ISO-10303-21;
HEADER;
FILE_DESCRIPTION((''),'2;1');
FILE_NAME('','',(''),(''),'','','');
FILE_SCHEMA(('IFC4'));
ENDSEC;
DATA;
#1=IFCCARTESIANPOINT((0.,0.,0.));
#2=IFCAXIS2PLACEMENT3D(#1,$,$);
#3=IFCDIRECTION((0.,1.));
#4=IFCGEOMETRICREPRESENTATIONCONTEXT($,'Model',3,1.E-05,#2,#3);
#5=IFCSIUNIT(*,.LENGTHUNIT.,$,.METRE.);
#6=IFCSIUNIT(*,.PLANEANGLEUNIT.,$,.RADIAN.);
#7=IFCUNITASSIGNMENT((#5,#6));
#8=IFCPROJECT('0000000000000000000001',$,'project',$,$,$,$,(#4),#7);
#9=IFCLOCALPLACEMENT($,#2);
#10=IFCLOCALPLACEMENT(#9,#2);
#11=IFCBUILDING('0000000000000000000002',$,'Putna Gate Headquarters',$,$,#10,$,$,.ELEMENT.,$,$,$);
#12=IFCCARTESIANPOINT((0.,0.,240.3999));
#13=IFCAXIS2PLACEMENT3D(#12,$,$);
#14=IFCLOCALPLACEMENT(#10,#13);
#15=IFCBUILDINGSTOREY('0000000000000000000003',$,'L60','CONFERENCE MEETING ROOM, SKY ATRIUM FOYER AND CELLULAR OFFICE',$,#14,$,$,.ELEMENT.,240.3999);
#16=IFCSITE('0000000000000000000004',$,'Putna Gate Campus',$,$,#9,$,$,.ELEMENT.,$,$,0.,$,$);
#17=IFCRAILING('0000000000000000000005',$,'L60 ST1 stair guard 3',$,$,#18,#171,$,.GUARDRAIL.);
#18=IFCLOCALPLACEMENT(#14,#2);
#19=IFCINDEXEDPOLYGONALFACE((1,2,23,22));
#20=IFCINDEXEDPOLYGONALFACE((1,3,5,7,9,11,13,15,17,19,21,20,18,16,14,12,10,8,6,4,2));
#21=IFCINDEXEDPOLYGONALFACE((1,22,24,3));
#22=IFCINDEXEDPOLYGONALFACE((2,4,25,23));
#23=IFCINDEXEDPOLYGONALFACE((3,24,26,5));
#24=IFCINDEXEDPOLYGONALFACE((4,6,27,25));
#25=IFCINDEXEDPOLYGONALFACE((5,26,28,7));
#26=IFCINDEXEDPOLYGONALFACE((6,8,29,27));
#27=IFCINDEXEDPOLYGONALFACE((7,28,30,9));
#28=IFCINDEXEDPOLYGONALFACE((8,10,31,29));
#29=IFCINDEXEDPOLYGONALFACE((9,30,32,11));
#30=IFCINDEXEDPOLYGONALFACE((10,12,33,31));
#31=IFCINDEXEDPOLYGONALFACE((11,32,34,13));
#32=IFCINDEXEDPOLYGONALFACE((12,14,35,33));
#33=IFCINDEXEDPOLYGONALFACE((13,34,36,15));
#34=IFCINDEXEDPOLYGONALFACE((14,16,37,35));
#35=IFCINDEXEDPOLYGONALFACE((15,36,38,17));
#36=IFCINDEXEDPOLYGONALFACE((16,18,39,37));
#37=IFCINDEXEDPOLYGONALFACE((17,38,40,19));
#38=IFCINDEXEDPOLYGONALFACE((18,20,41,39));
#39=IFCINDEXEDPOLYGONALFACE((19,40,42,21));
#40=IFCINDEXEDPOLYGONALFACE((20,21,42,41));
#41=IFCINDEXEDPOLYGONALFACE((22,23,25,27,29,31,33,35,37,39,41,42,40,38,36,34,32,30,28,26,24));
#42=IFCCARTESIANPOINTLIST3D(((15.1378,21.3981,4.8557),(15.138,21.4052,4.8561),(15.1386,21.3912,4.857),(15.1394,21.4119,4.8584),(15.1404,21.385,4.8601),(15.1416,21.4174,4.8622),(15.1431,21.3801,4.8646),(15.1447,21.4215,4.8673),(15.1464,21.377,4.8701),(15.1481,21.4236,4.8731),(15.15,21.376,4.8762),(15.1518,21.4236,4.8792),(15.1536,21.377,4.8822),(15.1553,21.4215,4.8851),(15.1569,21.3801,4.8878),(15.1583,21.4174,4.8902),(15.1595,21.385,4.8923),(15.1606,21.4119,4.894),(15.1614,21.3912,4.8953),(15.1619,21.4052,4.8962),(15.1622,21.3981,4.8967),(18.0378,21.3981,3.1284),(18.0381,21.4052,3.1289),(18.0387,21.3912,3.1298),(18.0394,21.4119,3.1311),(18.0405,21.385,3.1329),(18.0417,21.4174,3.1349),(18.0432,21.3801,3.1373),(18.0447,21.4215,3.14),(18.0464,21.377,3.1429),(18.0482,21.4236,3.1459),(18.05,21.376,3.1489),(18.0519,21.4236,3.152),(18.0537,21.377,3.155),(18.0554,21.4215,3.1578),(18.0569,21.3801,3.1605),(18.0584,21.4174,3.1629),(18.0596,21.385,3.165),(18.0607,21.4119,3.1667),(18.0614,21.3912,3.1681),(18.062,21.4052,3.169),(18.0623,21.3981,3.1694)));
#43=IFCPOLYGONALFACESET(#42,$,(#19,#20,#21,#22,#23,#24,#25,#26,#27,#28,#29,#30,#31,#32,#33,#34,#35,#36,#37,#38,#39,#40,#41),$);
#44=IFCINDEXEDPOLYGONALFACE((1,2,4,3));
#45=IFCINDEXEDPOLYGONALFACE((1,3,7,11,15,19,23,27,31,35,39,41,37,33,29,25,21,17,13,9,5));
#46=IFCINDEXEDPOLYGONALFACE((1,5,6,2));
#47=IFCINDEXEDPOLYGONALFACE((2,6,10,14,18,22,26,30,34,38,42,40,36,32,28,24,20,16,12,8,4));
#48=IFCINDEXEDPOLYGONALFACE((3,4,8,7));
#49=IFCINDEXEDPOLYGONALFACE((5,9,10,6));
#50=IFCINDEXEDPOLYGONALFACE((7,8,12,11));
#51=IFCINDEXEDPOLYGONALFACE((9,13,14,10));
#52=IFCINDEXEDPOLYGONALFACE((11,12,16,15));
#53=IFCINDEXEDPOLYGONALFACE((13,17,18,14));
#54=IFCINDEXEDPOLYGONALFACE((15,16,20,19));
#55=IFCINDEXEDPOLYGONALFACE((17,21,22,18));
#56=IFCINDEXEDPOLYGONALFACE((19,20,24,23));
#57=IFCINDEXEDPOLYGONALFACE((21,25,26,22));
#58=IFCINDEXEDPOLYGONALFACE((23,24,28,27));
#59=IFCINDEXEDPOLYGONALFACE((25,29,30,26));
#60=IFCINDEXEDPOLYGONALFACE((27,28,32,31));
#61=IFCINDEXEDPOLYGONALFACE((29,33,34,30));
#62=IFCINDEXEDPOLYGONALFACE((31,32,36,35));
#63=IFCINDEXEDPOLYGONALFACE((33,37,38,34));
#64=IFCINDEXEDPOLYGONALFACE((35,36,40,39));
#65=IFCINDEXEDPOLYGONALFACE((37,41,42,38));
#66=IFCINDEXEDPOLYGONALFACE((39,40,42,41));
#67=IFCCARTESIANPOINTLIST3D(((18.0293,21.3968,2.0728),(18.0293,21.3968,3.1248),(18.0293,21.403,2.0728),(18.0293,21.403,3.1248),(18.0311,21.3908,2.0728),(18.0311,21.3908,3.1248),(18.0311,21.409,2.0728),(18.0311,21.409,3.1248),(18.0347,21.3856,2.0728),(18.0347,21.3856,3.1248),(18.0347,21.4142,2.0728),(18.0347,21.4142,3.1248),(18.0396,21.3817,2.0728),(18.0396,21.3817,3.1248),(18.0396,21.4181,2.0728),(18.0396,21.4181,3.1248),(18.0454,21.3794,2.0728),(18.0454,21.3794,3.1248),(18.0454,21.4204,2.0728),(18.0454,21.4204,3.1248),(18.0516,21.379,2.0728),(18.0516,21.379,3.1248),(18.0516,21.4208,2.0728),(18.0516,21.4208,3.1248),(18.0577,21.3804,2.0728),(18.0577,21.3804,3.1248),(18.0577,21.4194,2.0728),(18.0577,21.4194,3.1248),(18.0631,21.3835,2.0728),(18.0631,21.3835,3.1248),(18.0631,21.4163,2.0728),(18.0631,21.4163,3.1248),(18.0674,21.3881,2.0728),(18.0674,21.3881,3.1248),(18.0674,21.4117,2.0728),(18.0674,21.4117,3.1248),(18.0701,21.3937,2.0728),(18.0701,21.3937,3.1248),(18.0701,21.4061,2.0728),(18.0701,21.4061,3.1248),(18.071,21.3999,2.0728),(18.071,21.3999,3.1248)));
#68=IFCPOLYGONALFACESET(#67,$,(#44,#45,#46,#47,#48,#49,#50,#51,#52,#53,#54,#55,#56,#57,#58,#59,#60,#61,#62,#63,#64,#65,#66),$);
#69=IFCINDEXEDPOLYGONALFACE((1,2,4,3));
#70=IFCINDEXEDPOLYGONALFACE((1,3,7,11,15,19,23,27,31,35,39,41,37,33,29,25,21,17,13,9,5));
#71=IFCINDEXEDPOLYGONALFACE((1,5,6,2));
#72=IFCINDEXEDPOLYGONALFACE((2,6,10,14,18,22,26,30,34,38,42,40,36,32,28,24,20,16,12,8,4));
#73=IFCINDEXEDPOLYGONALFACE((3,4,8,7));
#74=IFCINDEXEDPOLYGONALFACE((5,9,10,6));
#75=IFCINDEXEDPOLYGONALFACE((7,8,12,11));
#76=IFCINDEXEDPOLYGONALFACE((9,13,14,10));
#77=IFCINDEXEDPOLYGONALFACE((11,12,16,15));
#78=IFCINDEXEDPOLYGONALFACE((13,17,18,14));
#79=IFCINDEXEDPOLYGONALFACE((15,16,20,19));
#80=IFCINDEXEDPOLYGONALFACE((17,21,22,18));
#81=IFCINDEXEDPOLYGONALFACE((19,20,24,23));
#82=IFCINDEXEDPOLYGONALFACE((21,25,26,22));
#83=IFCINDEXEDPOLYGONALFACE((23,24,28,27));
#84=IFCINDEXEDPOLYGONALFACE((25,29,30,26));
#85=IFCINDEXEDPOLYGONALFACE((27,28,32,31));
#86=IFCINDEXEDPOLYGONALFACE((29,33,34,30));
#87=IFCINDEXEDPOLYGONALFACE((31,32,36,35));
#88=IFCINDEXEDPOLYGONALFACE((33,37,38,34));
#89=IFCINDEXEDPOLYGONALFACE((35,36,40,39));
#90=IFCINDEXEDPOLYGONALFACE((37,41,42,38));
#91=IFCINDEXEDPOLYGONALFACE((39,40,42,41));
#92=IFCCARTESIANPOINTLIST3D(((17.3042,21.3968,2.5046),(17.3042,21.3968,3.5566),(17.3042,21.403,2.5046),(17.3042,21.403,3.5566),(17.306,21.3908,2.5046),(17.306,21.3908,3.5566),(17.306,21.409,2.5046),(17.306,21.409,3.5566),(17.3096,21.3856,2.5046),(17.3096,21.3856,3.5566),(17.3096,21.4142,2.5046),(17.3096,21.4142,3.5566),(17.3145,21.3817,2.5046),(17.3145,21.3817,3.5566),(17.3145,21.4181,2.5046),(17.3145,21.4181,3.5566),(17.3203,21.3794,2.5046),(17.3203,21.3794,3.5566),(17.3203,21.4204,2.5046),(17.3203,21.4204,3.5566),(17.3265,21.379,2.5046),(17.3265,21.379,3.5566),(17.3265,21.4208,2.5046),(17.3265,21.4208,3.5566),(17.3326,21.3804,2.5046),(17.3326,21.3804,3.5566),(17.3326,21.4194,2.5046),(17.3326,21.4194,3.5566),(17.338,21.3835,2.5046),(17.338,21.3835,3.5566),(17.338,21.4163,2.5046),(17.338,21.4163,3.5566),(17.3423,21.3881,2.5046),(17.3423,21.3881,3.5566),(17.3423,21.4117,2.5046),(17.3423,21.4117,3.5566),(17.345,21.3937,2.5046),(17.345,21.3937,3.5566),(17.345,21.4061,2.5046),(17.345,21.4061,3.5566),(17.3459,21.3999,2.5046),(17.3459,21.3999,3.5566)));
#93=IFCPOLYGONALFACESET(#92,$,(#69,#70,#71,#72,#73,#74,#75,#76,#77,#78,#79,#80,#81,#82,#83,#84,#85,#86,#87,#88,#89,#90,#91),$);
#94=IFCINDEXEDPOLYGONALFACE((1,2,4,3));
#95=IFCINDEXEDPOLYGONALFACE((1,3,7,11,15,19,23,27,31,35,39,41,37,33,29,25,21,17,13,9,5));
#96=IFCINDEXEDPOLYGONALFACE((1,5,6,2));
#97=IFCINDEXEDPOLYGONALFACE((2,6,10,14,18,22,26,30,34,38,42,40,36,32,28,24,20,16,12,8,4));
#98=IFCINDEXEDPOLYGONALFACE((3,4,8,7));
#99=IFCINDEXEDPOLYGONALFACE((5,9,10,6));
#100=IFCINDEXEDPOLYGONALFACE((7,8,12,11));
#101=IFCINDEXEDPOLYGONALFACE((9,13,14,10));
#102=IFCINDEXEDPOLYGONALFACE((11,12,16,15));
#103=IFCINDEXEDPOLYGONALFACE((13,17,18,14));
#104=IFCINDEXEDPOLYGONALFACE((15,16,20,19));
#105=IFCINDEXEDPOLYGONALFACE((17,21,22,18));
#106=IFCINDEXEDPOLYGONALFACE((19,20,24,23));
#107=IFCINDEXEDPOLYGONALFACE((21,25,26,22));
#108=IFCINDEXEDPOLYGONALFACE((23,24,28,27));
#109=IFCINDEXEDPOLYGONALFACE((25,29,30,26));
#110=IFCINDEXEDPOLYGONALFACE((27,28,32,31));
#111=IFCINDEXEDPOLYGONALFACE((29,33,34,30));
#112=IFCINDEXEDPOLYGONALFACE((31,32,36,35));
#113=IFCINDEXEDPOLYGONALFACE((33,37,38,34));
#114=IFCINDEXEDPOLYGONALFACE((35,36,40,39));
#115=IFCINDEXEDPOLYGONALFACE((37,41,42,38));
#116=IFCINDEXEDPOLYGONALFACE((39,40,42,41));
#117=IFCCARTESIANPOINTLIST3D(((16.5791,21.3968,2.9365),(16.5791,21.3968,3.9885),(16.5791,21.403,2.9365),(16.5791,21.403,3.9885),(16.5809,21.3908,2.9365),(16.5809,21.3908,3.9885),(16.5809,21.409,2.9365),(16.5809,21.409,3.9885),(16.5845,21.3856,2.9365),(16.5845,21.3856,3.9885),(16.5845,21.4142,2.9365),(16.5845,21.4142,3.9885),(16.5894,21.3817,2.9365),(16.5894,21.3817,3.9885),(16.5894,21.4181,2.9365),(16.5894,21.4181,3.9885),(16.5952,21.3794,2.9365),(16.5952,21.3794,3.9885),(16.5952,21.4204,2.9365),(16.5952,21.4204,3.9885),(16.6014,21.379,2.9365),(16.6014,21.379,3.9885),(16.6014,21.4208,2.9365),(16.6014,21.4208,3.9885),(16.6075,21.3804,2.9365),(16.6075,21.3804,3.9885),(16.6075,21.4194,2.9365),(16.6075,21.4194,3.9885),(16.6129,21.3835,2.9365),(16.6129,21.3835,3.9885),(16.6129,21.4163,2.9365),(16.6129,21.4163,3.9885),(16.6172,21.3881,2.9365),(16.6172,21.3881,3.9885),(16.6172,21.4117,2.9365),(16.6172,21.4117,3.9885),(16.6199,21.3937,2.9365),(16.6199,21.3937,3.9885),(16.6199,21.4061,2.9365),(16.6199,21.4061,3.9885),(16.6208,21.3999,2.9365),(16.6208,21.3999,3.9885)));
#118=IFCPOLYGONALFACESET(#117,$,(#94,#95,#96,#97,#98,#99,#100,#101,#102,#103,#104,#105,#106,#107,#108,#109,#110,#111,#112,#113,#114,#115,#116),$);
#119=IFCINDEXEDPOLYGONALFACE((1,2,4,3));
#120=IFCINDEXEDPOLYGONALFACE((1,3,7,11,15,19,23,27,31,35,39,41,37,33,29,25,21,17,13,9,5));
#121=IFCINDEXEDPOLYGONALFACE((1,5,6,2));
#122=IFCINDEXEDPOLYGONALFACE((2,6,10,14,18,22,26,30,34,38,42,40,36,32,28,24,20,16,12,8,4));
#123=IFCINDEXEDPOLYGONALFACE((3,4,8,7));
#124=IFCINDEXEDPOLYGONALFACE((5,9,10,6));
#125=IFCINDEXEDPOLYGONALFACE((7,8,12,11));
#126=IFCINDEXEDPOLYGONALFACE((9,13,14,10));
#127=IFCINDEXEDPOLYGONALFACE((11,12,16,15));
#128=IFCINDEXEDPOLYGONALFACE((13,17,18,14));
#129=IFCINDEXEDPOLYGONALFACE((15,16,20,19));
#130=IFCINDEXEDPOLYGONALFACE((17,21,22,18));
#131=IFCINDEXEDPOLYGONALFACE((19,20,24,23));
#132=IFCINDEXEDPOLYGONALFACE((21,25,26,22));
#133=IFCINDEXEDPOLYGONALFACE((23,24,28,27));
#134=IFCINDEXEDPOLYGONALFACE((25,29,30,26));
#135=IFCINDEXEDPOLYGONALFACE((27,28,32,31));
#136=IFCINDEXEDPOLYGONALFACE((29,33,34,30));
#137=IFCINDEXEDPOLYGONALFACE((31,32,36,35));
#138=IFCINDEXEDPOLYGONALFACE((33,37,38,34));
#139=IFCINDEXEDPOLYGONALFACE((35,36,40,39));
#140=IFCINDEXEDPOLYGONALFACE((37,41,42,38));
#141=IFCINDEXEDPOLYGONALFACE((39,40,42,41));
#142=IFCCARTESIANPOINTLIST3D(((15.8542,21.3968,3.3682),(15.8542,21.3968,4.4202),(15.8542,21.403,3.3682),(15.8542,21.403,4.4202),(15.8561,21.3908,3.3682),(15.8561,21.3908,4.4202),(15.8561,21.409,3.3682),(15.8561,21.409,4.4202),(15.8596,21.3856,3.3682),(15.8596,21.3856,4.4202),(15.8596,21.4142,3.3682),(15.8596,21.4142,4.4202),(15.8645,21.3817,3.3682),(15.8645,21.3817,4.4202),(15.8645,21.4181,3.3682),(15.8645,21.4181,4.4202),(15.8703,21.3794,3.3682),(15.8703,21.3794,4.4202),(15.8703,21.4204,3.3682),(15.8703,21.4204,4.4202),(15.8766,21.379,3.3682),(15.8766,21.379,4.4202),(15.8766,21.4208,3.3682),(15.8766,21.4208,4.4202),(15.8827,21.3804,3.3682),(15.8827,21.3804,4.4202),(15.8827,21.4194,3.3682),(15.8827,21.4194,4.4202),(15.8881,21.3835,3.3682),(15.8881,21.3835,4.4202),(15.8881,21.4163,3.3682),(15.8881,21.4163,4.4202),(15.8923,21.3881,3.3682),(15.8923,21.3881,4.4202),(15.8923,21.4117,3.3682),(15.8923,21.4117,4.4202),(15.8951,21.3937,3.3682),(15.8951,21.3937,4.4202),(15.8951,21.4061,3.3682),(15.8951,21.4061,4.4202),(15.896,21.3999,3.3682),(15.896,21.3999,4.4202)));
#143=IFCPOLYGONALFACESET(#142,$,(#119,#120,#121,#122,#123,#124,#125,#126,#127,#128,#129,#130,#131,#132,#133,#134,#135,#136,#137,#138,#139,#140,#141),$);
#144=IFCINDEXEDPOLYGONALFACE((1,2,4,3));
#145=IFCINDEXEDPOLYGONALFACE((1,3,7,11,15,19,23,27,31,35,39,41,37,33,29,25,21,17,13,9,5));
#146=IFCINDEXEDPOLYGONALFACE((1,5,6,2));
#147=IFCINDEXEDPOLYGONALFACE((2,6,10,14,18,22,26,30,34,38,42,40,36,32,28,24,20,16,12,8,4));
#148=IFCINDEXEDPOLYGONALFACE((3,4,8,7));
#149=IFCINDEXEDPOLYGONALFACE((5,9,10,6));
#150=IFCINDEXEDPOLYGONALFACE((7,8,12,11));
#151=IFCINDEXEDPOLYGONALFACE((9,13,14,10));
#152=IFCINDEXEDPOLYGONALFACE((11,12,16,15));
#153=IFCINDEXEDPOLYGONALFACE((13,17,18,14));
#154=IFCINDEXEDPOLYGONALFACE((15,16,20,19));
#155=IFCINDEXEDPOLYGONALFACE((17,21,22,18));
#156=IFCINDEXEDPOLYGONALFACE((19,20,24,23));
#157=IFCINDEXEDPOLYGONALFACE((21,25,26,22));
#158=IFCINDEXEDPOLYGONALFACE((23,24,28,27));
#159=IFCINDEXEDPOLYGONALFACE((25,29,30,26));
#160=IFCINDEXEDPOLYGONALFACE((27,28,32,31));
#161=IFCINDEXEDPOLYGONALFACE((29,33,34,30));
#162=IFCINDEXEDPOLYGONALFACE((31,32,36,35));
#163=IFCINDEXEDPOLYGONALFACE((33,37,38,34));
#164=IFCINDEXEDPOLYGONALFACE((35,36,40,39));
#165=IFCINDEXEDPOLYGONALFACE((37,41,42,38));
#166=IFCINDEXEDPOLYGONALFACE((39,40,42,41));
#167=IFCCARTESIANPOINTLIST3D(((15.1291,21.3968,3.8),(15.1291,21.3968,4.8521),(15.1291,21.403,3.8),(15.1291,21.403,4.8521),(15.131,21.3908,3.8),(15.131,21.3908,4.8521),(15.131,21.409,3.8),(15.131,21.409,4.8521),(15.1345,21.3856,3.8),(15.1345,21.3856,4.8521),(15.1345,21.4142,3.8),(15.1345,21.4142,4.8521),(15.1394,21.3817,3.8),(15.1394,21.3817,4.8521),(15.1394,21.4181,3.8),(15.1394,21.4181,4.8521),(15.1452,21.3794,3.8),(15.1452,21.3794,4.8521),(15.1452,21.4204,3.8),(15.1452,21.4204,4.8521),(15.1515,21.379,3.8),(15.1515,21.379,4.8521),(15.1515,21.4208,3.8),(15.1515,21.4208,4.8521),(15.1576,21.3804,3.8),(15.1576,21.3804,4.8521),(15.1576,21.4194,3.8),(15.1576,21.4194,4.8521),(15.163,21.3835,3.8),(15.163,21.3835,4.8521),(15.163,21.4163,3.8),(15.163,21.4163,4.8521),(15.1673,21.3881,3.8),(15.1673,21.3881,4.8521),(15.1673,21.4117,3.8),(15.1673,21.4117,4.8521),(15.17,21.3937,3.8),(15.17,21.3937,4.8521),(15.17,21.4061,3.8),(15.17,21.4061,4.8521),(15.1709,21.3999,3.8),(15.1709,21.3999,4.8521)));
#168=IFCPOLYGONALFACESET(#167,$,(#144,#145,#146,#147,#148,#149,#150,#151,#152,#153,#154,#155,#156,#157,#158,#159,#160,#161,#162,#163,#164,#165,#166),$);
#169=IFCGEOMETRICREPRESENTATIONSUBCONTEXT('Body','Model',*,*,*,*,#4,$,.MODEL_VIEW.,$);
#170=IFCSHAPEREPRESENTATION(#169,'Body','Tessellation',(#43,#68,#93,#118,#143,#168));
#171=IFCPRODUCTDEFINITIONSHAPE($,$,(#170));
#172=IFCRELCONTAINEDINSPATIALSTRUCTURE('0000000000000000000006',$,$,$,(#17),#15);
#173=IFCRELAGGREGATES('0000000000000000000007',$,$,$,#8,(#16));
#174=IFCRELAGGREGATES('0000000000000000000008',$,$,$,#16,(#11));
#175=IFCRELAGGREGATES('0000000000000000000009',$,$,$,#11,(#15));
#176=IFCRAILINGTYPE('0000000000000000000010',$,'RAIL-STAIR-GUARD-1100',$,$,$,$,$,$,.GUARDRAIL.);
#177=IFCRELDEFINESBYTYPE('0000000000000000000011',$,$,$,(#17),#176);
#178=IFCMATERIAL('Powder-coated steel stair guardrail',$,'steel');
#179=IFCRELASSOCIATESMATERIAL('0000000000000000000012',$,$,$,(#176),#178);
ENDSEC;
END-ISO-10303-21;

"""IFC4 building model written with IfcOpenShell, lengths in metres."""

from ifc_helpers import new_model, si_unit, direction, frame, origin, origin_2d, place, context, subcontext, project, spatial, circle, extrude, material, type_object, element, save


model = new_model("IFC4")

# Units and contexts
model_context = context("Model", 3, precision=1e-05, world=origin(), true_north=direction((0.0, 1.0)))
body_context = subcontext(model_context, "Body", "Model", "MODEL_VIEW")
ifc_project = project(units=[si_unit("LENGTHUNIT", "METRE"), si_unit("PLANEANGLEUNIT", "RADIAN")], contexts=[model_context])

# Site, building, storey
site_placement = place(None, origin())
site = spatial("IfcSite", under=ifc_project, at=site_placement, Name="Putna Gate Campus", CompositionType="ELEMENT", RefElevation=0.0)
building_placement = place(site_placement, origin())
building = spatial("IfcBuilding", under=site, at=building_placement, Name="Putna Gate Headquarters", CompositionType="ELEMENT")
storey_placement = place(building_placement, frame((0.0, 0.0, 240.3999)))
storey = spatial("IfcBuildingStorey", under=building, at=storey_placement, Name="L60", Description="CONFERENCE MEETING ROOM, SKY ATRIUM FOYER AND CELLULAR OFFICE", CompositionType="ELEMENT", Elevation=240.3999)

# Railing
ifc_material_1 = material(Name="Powder-coated steel stair guardrail", Category="steel")
railing_type_1 = type_object("IfcRailingType", Name="RAIL-STAIR-GUARD-1100", PredefinedType="GUARDRAIL", material=ifc_material_1)
railing_1_placement = place(storey_placement, frame((18.05, 21.3999, 2.0728)))
element("IfcRailing", 1, at=railing_1_placement, inside=storey, type_object=railing_type_1, Name="L60 ST1 stair guard 3", PredefinedType="GUARDRAIL", context=body_context, shape_type="SweptSolid", body=[
    extrude(circle(Radius=0.0239, at=origin_2d()), frame((0.0, 0.0, 1.0762), z_axis=(-0.85916, 0.0, 0.511706), x_axis=(0.0, -1.0, 0.0)), (0.0, 0.0, 1.0), 3.3755),
    extrude(circle(Radius=0.021, at=origin_2d()), origin(), (0.0, 0.0, 1.0), 1.052),
    extrude(circle(Radius=0.021, at=origin_2d()), frame((-0.7251, 0.0, 0.4319)), (0.0, 0.0, 1.0), 1.052),
    extrude(circle(Radius=0.021, at=origin_2d()), frame((-1.4502, 0.0, 0.8638)), (0.0, 0.0, 1.0), 1.052),
    extrude(circle(Radius=0.021, at=origin_2d()), frame((-2.175, 0.0, 1.2954)), (0.0, 0.0, 1.0), 1.052),
    extrude(circle(Radius=0.021, at=origin_2d()), frame((-2.9001, 0.0, 1.7273)), (0.0, 0.0, 1.0), 1.052),
])

save(model, "model.ifc")
